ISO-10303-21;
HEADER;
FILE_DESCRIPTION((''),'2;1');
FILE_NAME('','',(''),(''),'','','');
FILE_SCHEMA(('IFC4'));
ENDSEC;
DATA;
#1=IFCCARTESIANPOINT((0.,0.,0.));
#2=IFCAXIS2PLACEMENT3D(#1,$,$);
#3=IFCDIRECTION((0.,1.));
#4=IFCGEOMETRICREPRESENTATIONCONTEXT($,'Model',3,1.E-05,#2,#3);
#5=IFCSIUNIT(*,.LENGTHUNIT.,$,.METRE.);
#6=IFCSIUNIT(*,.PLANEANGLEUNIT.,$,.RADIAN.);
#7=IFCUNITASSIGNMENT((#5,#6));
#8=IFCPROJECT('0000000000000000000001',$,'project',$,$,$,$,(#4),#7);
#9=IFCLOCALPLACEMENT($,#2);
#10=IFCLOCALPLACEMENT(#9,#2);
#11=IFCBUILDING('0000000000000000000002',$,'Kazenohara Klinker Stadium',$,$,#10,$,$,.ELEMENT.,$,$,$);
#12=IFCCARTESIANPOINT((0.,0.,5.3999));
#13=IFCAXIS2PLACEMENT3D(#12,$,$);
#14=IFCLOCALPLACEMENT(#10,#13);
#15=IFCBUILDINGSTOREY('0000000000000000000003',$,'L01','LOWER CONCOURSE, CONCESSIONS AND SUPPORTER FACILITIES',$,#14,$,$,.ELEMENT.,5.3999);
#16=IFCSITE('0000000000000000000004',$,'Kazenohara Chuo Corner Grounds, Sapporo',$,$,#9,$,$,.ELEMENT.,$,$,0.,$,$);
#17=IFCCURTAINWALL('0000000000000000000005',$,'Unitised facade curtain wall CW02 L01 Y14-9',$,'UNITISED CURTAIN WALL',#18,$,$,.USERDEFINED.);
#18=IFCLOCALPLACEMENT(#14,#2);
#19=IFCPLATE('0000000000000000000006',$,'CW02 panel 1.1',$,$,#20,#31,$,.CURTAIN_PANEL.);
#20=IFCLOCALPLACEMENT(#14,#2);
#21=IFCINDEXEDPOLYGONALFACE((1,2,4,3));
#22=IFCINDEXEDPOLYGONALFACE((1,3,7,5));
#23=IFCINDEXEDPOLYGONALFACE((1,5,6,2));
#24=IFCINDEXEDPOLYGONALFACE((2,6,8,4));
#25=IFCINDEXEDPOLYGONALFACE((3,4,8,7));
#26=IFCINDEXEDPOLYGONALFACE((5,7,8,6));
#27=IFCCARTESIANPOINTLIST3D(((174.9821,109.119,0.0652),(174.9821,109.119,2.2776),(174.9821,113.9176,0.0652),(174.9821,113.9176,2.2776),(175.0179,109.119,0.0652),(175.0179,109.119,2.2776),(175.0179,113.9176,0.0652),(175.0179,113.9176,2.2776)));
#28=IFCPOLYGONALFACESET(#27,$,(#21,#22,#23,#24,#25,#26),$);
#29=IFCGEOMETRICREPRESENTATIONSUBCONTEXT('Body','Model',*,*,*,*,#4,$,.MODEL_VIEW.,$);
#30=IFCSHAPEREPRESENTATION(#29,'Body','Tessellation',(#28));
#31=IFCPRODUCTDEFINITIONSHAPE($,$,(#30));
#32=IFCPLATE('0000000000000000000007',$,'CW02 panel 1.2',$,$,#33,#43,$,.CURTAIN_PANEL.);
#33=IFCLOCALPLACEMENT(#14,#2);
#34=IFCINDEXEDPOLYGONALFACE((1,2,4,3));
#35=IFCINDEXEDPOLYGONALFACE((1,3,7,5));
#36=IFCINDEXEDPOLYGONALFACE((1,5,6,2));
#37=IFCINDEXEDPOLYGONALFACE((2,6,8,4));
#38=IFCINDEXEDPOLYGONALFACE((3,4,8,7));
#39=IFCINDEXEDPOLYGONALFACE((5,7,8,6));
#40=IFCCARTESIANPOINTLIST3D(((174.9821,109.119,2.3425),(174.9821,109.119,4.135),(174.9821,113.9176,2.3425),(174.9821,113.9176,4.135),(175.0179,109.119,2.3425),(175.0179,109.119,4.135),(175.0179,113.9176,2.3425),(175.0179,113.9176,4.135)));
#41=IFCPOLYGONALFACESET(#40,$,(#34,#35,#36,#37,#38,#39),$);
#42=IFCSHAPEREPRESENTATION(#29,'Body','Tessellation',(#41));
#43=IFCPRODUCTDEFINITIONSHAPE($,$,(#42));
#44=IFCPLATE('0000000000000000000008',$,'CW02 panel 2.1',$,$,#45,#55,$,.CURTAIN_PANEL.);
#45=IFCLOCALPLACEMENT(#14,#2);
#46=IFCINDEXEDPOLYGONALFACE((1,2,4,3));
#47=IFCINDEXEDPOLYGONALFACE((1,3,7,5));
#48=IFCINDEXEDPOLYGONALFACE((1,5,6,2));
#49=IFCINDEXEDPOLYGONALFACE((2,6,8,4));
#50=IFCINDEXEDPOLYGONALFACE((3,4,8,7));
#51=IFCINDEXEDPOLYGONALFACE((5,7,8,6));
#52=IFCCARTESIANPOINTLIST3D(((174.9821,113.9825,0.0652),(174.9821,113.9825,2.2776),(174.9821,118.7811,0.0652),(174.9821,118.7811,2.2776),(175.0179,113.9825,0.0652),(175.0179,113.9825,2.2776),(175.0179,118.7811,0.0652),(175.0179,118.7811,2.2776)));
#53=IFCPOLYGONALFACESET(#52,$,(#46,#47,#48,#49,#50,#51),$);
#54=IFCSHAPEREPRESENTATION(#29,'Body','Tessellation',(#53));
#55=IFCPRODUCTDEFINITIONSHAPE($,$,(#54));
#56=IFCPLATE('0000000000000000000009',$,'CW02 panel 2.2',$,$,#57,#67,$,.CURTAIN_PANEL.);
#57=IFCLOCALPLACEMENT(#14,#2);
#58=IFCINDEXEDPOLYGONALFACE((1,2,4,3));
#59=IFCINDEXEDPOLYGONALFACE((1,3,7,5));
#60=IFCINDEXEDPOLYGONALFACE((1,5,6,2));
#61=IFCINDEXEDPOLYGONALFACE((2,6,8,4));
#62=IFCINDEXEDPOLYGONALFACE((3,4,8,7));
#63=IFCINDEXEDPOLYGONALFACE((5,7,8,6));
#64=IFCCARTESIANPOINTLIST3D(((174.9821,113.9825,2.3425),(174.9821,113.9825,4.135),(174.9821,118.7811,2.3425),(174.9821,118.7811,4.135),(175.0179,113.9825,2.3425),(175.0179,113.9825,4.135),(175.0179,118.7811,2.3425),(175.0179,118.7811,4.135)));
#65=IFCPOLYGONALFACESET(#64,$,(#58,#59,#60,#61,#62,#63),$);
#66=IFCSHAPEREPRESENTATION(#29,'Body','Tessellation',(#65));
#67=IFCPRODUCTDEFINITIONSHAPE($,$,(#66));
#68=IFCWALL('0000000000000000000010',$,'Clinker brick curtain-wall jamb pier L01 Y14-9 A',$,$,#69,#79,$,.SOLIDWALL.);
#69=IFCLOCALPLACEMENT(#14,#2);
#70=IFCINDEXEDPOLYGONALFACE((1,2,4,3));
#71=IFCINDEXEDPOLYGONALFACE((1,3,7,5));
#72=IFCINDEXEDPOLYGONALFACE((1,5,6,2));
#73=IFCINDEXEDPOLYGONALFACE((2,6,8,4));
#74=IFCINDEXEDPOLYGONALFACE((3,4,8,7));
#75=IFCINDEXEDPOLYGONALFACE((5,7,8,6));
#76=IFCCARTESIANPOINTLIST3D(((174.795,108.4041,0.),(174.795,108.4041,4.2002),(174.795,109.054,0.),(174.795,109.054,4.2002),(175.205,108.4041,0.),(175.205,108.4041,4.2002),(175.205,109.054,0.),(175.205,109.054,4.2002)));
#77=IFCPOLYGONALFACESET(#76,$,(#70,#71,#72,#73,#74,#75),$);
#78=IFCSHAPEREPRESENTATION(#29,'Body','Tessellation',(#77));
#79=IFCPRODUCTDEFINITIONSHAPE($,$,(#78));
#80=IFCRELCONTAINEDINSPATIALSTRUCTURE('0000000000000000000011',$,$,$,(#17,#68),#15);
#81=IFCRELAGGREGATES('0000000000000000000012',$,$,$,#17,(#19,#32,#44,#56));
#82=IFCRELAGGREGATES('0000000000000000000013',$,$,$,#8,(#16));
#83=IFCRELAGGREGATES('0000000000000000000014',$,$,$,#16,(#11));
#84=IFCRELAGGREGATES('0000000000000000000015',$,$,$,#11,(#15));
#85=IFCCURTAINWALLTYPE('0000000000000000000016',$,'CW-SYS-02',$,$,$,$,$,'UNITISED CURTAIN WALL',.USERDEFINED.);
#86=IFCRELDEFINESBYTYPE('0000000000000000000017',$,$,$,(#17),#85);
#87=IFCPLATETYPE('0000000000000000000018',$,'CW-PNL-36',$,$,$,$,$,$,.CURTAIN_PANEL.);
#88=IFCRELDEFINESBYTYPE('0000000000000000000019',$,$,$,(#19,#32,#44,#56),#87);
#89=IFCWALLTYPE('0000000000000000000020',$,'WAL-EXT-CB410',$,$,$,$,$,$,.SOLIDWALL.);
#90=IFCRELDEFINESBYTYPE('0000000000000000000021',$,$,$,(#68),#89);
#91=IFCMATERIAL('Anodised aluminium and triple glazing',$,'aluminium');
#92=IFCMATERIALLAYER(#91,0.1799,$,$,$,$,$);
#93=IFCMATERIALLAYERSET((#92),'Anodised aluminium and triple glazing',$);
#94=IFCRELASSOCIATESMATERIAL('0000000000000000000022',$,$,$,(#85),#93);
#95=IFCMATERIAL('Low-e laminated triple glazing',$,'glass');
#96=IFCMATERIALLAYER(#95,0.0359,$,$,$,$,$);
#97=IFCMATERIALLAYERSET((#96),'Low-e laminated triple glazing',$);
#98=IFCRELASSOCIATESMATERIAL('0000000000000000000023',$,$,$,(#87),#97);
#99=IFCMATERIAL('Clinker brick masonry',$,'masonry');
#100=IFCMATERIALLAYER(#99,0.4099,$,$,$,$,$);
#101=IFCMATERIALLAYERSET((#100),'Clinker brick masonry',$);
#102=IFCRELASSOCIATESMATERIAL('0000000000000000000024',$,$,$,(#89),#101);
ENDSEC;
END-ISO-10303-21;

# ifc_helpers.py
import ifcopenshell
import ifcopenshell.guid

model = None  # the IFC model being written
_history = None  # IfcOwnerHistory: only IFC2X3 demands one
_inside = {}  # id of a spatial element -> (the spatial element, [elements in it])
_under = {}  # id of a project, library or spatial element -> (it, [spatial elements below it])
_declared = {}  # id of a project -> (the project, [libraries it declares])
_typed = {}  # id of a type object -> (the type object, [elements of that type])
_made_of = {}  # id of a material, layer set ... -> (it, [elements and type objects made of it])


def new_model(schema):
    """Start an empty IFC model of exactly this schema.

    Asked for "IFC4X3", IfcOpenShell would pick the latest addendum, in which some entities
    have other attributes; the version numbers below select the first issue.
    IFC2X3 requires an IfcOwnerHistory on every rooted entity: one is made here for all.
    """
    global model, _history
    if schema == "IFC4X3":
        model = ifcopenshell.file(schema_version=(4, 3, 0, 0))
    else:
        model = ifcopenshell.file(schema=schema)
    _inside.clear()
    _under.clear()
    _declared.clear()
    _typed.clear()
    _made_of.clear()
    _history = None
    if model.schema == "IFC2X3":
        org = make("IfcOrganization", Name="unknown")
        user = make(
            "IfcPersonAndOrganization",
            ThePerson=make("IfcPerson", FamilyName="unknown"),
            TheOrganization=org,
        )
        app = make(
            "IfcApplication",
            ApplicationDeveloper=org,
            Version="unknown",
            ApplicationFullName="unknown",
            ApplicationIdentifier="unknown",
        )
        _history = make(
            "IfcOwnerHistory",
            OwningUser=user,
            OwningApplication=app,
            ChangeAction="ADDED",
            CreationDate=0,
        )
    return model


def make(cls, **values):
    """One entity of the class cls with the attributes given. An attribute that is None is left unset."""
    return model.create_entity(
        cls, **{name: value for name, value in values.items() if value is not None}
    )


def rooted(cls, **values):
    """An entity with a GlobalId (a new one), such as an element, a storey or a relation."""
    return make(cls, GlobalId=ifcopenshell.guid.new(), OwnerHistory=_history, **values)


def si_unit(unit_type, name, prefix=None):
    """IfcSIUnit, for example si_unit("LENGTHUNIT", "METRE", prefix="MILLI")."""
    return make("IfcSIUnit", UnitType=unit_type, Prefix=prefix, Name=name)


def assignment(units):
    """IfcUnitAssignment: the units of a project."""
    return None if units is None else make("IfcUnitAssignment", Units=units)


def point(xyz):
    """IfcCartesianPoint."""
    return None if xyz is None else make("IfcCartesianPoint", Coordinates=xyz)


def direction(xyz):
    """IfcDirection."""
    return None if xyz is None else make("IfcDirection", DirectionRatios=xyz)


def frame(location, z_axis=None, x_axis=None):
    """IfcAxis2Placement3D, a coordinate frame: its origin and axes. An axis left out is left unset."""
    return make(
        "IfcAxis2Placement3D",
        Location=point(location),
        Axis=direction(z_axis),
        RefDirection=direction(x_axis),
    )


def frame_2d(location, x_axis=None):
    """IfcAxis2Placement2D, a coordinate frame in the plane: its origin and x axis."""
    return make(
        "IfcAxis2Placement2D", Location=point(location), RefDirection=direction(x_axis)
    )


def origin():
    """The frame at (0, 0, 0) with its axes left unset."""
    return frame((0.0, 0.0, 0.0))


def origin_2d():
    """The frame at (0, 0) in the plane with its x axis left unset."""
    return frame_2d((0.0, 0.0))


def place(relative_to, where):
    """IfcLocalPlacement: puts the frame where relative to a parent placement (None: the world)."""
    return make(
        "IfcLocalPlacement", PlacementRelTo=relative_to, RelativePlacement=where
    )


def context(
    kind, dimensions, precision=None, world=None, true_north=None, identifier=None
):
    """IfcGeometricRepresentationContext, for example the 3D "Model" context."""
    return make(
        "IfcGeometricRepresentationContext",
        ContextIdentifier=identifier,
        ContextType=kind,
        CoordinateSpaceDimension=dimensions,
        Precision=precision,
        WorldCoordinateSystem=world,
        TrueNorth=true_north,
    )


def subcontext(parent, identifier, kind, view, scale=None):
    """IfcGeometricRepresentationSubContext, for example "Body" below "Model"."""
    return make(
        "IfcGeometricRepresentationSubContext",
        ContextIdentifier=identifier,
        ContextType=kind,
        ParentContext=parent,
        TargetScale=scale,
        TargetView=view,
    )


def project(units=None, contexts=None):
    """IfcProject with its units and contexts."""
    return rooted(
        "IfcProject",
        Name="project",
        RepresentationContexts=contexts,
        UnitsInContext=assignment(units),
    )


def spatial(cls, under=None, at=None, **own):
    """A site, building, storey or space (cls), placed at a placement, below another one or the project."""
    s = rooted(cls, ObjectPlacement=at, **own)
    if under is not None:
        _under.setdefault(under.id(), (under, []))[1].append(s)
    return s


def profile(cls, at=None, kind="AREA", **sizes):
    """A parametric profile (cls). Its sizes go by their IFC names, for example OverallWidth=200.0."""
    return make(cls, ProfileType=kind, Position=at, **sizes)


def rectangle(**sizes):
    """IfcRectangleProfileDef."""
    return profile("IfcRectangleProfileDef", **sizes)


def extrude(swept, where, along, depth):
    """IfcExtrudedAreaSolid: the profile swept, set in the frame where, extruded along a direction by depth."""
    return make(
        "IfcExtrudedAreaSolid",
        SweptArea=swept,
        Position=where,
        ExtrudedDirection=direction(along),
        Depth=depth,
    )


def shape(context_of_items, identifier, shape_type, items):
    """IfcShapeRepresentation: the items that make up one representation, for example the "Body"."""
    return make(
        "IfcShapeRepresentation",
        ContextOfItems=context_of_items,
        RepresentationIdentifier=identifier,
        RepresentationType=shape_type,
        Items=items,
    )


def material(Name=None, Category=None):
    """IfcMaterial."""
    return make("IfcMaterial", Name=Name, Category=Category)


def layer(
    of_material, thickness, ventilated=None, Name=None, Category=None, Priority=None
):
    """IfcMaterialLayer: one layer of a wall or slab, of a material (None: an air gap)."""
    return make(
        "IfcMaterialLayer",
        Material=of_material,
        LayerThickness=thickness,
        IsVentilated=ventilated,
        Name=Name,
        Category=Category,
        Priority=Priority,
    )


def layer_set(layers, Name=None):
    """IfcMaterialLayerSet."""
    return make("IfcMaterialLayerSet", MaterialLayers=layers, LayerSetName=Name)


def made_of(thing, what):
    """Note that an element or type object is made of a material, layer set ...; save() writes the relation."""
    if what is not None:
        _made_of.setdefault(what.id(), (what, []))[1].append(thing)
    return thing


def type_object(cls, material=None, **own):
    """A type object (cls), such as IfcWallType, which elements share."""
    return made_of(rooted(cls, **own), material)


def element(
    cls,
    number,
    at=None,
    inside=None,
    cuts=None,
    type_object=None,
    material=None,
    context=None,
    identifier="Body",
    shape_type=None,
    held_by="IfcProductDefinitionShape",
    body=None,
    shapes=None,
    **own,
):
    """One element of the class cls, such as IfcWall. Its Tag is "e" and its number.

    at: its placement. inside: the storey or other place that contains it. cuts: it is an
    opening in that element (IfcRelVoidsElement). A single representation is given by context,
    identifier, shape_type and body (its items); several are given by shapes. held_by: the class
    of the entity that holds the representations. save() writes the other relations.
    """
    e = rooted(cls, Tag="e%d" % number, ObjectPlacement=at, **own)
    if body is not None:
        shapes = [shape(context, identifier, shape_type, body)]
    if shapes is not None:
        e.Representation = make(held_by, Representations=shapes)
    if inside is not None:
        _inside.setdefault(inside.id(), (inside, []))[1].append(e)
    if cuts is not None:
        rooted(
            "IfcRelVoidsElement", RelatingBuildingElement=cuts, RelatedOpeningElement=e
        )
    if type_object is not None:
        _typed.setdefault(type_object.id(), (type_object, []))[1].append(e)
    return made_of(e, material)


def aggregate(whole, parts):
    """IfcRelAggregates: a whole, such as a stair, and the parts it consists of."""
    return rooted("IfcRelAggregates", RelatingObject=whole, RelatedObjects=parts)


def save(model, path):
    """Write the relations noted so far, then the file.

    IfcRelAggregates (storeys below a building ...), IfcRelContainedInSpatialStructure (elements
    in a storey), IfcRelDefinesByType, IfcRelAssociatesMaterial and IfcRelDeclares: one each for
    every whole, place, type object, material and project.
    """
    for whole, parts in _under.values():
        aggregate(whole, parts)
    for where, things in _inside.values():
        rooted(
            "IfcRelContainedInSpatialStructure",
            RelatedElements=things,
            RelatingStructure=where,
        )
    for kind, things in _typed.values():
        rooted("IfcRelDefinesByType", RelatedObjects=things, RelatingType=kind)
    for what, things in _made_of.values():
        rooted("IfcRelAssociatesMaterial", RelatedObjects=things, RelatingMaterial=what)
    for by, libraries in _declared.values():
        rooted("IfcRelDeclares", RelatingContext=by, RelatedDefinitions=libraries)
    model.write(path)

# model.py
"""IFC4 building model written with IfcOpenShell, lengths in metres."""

from ifc_helpers import new_model, si_unit, direction, frame, frame_2d, origin, origin_2d, place, context, subcontext, project, spatial, rectangle, extrude, material, layer, layer_set, type_object, element, aggregate, save


model = new_model("IFC4")

# Units and contexts
model_context = context("Model", 3, precision=1e-05, world=origin(), true_north=direction((0.0, 1.0)))
body_context = subcontext(model_context, "Body", "Model", "MODEL_VIEW")
ifc_project = project(units=[si_unit("LENGTHUNIT", "METRE"), si_unit("PLANEANGLEUNIT", "RADIAN")], contexts=[model_context])

# Site, building, storey
site_placement = place(None, origin())
site = spatial("IfcSite", under=ifc_project, at=site_placement, Name="Kazenohara Chuo Corner Grounds, Sapporo", CompositionType="ELEMENT", RefElevation=0.0)
building_placement = place(site_placement, origin())
building = spatial("IfcBuilding", under=site, at=building_placement, Name="Kazenohara Klinker Stadium", CompositionType="ELEMENT")
storey_placement = place(building_placement, frame((0.0, 0.0, 5.3999)))
storey = spatial("IfcBuildingStorey", under=building, at=storey_placement, Name="L01", Description="LOWER CONCOURSE, CONCESSIONS AND SUPPORTER FACILITIES", CompositionType="ELEMENT", Elevation=5.3999)

# Curtain wall
ifc_material_1 = material(Name="Anodised aluminium and triple glazing", Category="aluminium")
ifc_layer_1 = layer(ifc_material_1, 0.1799)
ifc_layer_set_1 = layer_set([ifc_layer_1], Name="Anodised aluminium and triple glazing")
curtain_wall_type = type_object("IfcCurtainWallType", Name="CW-SYS-02", ElementType="UNITISED CURTAIN WALL", PredefinedType="USERDEFINED", material=ifc_layer_set_1)
curtain_wall_placement = place(storey_placement, origin())
curtain_wall = element("IfcCurtainWall", 1, at=curtain_wall_placement, inside=storey, type_object=curtain_wall_type, Name="Unitised facade curtain wall CW02 L01 Y14-9", ObjectType="UNITISED CURTAIN WALL", PredefinedType="USERDEFINED")

# Plates
ifc_material_2 = material(Name="Low-e laminated triple glazing", Category="glass")
ifc_layer_2 = layer(ifc_material_2, 0.0359)
ifc_layer_set_2 = layer_set([ifc_layer_2], Name="Low-e laminated triple glazing")
plate_type = type_object("IfcPlateType", Name="CW-PNL-36", PredefinedType="CURTAIN_PANEL", material=ifc_layer_set_2)
plate_1_placement = place(storey_placement, frame((175.0, 111.5183, 0.0652), z_axis=(0.0, 0.0, 1.0), x_axis=(0.0, 1.0, 0.0)))
plate_1 = element("IfcPlate", 2, at=plate_1_placement, type_object=plate_type, Name="CW02 panel 1.1", PredefinedType="CURTAIN_PANEL", context=body_context, shape_type="SweptSolid", body=[
    extrude(rectangle(XDim=4.7986, YDim=0.0359, at=origin_2d()), origin(), (0.0, 0.0, 1.0), 2.2124),
])
plate_2_placement = place(storey_placement, frame((175.0, 111.5183, 2.3425), z_axis=(0.0, 0.0, 1.0), x_axis=(0.0, 1.0, 0.0)))
plate_2 = element("IfcPlate", 3, at=plate_2_placement, type_object=plate_type, Name="CW02 panel 1.2", PredefinedType="CURTAIN_PANEL", context=body_context, shape_type="SweptSolid", body=[
    extrude(rectangle(XDim=4.7986, YDim=0.0359, at=origin_2d()), origin(), (0.0, 0.0, 1.0), 1.7925),
])
plate_3_placement = place(storey_placement, frame((175.0, 116.3818, 0.0652), z_axis=(0.0, 0.0, 1.0), x_axis=(0.0, 1.0, 0.0)))
plate_3 = element("IfcPlate", 4, at=plate_3_placement, type_object=plate_type, Name="CW02 panel 2.1", PredefinedType="CURTAIN_PANEL", context=body_context, shape_type="SweptSolid", body=[
    extrude(rectangle(XDim=4.7986, YDim=0.0359, at=origin_2d()), origin(), (0.0, 0.0, 1.0), 2.2124),
])
plate_4_placement = place(storey_placement, frame((175.0, 116.3818, 2.3425), z_axis=(0.0, 0.0, 1.0), x_axis=(0.0, 1.0, 0.0)))
plate_4 = element("IfcPlate", 5, at=plate_4_placement, type_object=plate_type, Name="CW02 panel 2.2", PredefinedType="CURTAIN_PANEL", context=body_context, shape_type="SweptSolid", body=[
    extrude(rectangle(XDim=4.7986, YDim=0.0359, at=origin_2d()), origin(), (0.0, 0.0, 1.0), 1.7925),
])
aggregate(curtain_wall, [plate_1, plate_2, plate_3, plate_4])

# Wall
ifc_material_3 = material(Name="Clinker brick masonry", Category="masonry")
ifc_layer_3 = layer(ifc_material_3, 0.4099)
ifc_layer_set_3 = layer_set([ifc_layer_3], Name="Clinker brick masonry")
wall_type = type_object("IfcWallType", Name="WAL-EXT-CB410", PredefinedType="SOLIDWALL", material=ifc_layer_set_3)
wall_placement = place(storey_placement, frame((175.0, 108.4041, 0.0), z_axis=(0.0, 0.0, 1.0), x_axis=(0.0, 1.0, 0.0)))
element("IfcWall", 6, at=wall_placement, inside=storey, type_object=wall_type, Name="Clinker brick curtain-wall jamb pier L01 Y14-9 A", PredefinedType="SOLIDWALL", context=body_context, shape_type="SweptSolid", body=[
    extrude(rectangle(XDim=0.6499, YDim=0.4099, at=frame_2d((0.325, 0.0))), origin(), (0.0, 0.0, 1.0), 4.2002),
])

save(model, "model.ifc")
